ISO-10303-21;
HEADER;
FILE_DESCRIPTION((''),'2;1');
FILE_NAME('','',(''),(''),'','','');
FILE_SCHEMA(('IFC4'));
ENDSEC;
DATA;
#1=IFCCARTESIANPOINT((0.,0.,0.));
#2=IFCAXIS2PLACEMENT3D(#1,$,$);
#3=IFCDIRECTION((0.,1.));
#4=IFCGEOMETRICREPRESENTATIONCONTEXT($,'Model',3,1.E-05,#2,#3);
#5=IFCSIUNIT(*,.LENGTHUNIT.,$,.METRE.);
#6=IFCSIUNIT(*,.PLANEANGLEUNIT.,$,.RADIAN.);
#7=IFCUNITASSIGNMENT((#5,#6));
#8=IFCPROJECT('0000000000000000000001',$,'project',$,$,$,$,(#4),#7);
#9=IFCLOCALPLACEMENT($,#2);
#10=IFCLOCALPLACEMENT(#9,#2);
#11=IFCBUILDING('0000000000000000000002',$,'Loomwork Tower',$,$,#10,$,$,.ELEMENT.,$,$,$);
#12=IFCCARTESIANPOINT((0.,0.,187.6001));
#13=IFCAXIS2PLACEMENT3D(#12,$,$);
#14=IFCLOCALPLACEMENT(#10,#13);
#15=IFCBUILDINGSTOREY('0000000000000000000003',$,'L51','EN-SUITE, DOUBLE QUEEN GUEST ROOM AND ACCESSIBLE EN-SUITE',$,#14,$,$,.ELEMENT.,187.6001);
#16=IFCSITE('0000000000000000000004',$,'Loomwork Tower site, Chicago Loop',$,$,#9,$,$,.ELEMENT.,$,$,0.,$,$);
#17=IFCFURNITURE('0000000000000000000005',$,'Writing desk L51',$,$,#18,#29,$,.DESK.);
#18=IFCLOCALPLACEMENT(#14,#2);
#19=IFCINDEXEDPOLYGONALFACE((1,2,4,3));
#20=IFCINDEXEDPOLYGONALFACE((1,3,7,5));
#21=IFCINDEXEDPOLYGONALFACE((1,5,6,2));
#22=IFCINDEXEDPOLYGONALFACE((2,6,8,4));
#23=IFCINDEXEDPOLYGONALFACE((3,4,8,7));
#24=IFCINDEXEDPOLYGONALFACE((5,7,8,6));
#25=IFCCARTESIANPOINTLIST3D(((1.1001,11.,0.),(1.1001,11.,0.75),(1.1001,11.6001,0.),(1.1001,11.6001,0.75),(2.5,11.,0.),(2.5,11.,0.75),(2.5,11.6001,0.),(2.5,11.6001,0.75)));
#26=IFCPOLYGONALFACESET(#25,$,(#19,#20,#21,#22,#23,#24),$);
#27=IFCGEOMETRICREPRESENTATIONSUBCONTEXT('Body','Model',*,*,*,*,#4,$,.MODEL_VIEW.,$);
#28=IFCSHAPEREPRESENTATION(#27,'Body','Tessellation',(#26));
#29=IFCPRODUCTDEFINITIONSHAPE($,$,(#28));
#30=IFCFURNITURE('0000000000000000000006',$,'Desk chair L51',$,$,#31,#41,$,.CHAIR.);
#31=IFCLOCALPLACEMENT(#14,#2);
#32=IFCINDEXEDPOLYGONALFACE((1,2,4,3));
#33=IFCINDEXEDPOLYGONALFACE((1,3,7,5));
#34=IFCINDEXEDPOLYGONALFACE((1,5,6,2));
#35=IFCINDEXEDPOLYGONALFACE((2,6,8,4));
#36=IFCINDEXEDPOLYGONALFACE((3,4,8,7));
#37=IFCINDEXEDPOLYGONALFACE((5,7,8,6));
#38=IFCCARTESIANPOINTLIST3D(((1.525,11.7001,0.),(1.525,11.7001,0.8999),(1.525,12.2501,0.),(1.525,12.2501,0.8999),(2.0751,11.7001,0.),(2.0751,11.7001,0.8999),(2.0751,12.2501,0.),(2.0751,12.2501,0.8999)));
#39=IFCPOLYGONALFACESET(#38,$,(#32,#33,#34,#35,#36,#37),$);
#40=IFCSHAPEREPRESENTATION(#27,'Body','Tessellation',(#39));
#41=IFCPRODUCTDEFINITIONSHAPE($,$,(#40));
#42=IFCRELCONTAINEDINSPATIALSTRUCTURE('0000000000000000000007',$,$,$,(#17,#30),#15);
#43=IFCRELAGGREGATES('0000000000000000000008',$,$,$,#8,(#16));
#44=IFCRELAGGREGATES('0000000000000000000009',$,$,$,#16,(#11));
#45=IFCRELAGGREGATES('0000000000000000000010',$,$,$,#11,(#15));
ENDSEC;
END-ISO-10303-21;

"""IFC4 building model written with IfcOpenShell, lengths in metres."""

from ifc_helpers import new_model, si_unit, direction, frame, origin, origin_2d, place, context, subcontext, project, spatial, rectangle, extrude, element, save


model = new_model("IFC4")

# Units and contexts
model_context = context("Model", 3, precision=1e-05, world=origin(), true_north=direction((0.0, 1.0)))
body_context = subcontext(model_context, "Body", "Model", "MODEL_VIEW")
ifc_project = project(units=[si_unit("LENGTHUNIT", "METRE"), si_unit("PLANEANGLEUNIT", "RADIAN")], contexts=[model_context])

# Site, building, storey
site_placement = place(None, origin())
site = spatial("IfcSite", under=ifc_project, at=site_placement, Name="Loomwork Tower site, Chicago Loop", CompositionType="ELEMENT", RefElevation=0.0)
building_placement = place(site_placement, origin())
building = spatial("IfcBuilding", under=site, at=building_placement, Name="Loomwork Tower", CompositionType="ELEMENT")
storey_placement = place(building_placement, frame((0.0, 0.0, 187.6001)))
storey = spatial("IfcBuildingStorey", under=building, at=storey_placement, Name="L51", Description="EN-SUITE, DOUBLE QUEEN GUEST ROOM AND ACCESSIBLE EN-SUITE", CompositionType="ELEMENT", Elevation=187.6001)

# Furniture
furniture_1_placement = place(storey_placement, frame((1.8, 11.3, 0.0), z_axis=(0.0, 0.0, 1.0), x_axis=(1.0, 0.0, 0.0)))
element("IfcFurniture", 1, at=furniture_1_placement, inside=storey, Name="Writing desk L51", PredefinedType="DESK", context=body_context, shape_type="SweptSolid", body=[
    extrude(rectangle(XDim=1.3999, YDim=0.6001, at=origin_2d()), origin(), (0.0, 0.0, 1.0), 0.75),
])
furniture_2_placement = place(storey_placement, frame((1.8, 11.9751, 0.0), z_axis=(0.0, 0.0, 1.0), x_axis=(1.0, 0.0, 0.0)))
element("IfcFurniture", 2, at=furniture_2_placement, inside=storey, Name="Desk chair L51", PredefinedType="CHAIR", context=body_context, shape_type="SweptSolid", body=[
    extrude(rectangle(XDim=0.55, YDim=0.55, at=origin_2d()), origin(), (0.0, 0.0, 1.0), 0.8999),
])

save(model, "model.ifc")
